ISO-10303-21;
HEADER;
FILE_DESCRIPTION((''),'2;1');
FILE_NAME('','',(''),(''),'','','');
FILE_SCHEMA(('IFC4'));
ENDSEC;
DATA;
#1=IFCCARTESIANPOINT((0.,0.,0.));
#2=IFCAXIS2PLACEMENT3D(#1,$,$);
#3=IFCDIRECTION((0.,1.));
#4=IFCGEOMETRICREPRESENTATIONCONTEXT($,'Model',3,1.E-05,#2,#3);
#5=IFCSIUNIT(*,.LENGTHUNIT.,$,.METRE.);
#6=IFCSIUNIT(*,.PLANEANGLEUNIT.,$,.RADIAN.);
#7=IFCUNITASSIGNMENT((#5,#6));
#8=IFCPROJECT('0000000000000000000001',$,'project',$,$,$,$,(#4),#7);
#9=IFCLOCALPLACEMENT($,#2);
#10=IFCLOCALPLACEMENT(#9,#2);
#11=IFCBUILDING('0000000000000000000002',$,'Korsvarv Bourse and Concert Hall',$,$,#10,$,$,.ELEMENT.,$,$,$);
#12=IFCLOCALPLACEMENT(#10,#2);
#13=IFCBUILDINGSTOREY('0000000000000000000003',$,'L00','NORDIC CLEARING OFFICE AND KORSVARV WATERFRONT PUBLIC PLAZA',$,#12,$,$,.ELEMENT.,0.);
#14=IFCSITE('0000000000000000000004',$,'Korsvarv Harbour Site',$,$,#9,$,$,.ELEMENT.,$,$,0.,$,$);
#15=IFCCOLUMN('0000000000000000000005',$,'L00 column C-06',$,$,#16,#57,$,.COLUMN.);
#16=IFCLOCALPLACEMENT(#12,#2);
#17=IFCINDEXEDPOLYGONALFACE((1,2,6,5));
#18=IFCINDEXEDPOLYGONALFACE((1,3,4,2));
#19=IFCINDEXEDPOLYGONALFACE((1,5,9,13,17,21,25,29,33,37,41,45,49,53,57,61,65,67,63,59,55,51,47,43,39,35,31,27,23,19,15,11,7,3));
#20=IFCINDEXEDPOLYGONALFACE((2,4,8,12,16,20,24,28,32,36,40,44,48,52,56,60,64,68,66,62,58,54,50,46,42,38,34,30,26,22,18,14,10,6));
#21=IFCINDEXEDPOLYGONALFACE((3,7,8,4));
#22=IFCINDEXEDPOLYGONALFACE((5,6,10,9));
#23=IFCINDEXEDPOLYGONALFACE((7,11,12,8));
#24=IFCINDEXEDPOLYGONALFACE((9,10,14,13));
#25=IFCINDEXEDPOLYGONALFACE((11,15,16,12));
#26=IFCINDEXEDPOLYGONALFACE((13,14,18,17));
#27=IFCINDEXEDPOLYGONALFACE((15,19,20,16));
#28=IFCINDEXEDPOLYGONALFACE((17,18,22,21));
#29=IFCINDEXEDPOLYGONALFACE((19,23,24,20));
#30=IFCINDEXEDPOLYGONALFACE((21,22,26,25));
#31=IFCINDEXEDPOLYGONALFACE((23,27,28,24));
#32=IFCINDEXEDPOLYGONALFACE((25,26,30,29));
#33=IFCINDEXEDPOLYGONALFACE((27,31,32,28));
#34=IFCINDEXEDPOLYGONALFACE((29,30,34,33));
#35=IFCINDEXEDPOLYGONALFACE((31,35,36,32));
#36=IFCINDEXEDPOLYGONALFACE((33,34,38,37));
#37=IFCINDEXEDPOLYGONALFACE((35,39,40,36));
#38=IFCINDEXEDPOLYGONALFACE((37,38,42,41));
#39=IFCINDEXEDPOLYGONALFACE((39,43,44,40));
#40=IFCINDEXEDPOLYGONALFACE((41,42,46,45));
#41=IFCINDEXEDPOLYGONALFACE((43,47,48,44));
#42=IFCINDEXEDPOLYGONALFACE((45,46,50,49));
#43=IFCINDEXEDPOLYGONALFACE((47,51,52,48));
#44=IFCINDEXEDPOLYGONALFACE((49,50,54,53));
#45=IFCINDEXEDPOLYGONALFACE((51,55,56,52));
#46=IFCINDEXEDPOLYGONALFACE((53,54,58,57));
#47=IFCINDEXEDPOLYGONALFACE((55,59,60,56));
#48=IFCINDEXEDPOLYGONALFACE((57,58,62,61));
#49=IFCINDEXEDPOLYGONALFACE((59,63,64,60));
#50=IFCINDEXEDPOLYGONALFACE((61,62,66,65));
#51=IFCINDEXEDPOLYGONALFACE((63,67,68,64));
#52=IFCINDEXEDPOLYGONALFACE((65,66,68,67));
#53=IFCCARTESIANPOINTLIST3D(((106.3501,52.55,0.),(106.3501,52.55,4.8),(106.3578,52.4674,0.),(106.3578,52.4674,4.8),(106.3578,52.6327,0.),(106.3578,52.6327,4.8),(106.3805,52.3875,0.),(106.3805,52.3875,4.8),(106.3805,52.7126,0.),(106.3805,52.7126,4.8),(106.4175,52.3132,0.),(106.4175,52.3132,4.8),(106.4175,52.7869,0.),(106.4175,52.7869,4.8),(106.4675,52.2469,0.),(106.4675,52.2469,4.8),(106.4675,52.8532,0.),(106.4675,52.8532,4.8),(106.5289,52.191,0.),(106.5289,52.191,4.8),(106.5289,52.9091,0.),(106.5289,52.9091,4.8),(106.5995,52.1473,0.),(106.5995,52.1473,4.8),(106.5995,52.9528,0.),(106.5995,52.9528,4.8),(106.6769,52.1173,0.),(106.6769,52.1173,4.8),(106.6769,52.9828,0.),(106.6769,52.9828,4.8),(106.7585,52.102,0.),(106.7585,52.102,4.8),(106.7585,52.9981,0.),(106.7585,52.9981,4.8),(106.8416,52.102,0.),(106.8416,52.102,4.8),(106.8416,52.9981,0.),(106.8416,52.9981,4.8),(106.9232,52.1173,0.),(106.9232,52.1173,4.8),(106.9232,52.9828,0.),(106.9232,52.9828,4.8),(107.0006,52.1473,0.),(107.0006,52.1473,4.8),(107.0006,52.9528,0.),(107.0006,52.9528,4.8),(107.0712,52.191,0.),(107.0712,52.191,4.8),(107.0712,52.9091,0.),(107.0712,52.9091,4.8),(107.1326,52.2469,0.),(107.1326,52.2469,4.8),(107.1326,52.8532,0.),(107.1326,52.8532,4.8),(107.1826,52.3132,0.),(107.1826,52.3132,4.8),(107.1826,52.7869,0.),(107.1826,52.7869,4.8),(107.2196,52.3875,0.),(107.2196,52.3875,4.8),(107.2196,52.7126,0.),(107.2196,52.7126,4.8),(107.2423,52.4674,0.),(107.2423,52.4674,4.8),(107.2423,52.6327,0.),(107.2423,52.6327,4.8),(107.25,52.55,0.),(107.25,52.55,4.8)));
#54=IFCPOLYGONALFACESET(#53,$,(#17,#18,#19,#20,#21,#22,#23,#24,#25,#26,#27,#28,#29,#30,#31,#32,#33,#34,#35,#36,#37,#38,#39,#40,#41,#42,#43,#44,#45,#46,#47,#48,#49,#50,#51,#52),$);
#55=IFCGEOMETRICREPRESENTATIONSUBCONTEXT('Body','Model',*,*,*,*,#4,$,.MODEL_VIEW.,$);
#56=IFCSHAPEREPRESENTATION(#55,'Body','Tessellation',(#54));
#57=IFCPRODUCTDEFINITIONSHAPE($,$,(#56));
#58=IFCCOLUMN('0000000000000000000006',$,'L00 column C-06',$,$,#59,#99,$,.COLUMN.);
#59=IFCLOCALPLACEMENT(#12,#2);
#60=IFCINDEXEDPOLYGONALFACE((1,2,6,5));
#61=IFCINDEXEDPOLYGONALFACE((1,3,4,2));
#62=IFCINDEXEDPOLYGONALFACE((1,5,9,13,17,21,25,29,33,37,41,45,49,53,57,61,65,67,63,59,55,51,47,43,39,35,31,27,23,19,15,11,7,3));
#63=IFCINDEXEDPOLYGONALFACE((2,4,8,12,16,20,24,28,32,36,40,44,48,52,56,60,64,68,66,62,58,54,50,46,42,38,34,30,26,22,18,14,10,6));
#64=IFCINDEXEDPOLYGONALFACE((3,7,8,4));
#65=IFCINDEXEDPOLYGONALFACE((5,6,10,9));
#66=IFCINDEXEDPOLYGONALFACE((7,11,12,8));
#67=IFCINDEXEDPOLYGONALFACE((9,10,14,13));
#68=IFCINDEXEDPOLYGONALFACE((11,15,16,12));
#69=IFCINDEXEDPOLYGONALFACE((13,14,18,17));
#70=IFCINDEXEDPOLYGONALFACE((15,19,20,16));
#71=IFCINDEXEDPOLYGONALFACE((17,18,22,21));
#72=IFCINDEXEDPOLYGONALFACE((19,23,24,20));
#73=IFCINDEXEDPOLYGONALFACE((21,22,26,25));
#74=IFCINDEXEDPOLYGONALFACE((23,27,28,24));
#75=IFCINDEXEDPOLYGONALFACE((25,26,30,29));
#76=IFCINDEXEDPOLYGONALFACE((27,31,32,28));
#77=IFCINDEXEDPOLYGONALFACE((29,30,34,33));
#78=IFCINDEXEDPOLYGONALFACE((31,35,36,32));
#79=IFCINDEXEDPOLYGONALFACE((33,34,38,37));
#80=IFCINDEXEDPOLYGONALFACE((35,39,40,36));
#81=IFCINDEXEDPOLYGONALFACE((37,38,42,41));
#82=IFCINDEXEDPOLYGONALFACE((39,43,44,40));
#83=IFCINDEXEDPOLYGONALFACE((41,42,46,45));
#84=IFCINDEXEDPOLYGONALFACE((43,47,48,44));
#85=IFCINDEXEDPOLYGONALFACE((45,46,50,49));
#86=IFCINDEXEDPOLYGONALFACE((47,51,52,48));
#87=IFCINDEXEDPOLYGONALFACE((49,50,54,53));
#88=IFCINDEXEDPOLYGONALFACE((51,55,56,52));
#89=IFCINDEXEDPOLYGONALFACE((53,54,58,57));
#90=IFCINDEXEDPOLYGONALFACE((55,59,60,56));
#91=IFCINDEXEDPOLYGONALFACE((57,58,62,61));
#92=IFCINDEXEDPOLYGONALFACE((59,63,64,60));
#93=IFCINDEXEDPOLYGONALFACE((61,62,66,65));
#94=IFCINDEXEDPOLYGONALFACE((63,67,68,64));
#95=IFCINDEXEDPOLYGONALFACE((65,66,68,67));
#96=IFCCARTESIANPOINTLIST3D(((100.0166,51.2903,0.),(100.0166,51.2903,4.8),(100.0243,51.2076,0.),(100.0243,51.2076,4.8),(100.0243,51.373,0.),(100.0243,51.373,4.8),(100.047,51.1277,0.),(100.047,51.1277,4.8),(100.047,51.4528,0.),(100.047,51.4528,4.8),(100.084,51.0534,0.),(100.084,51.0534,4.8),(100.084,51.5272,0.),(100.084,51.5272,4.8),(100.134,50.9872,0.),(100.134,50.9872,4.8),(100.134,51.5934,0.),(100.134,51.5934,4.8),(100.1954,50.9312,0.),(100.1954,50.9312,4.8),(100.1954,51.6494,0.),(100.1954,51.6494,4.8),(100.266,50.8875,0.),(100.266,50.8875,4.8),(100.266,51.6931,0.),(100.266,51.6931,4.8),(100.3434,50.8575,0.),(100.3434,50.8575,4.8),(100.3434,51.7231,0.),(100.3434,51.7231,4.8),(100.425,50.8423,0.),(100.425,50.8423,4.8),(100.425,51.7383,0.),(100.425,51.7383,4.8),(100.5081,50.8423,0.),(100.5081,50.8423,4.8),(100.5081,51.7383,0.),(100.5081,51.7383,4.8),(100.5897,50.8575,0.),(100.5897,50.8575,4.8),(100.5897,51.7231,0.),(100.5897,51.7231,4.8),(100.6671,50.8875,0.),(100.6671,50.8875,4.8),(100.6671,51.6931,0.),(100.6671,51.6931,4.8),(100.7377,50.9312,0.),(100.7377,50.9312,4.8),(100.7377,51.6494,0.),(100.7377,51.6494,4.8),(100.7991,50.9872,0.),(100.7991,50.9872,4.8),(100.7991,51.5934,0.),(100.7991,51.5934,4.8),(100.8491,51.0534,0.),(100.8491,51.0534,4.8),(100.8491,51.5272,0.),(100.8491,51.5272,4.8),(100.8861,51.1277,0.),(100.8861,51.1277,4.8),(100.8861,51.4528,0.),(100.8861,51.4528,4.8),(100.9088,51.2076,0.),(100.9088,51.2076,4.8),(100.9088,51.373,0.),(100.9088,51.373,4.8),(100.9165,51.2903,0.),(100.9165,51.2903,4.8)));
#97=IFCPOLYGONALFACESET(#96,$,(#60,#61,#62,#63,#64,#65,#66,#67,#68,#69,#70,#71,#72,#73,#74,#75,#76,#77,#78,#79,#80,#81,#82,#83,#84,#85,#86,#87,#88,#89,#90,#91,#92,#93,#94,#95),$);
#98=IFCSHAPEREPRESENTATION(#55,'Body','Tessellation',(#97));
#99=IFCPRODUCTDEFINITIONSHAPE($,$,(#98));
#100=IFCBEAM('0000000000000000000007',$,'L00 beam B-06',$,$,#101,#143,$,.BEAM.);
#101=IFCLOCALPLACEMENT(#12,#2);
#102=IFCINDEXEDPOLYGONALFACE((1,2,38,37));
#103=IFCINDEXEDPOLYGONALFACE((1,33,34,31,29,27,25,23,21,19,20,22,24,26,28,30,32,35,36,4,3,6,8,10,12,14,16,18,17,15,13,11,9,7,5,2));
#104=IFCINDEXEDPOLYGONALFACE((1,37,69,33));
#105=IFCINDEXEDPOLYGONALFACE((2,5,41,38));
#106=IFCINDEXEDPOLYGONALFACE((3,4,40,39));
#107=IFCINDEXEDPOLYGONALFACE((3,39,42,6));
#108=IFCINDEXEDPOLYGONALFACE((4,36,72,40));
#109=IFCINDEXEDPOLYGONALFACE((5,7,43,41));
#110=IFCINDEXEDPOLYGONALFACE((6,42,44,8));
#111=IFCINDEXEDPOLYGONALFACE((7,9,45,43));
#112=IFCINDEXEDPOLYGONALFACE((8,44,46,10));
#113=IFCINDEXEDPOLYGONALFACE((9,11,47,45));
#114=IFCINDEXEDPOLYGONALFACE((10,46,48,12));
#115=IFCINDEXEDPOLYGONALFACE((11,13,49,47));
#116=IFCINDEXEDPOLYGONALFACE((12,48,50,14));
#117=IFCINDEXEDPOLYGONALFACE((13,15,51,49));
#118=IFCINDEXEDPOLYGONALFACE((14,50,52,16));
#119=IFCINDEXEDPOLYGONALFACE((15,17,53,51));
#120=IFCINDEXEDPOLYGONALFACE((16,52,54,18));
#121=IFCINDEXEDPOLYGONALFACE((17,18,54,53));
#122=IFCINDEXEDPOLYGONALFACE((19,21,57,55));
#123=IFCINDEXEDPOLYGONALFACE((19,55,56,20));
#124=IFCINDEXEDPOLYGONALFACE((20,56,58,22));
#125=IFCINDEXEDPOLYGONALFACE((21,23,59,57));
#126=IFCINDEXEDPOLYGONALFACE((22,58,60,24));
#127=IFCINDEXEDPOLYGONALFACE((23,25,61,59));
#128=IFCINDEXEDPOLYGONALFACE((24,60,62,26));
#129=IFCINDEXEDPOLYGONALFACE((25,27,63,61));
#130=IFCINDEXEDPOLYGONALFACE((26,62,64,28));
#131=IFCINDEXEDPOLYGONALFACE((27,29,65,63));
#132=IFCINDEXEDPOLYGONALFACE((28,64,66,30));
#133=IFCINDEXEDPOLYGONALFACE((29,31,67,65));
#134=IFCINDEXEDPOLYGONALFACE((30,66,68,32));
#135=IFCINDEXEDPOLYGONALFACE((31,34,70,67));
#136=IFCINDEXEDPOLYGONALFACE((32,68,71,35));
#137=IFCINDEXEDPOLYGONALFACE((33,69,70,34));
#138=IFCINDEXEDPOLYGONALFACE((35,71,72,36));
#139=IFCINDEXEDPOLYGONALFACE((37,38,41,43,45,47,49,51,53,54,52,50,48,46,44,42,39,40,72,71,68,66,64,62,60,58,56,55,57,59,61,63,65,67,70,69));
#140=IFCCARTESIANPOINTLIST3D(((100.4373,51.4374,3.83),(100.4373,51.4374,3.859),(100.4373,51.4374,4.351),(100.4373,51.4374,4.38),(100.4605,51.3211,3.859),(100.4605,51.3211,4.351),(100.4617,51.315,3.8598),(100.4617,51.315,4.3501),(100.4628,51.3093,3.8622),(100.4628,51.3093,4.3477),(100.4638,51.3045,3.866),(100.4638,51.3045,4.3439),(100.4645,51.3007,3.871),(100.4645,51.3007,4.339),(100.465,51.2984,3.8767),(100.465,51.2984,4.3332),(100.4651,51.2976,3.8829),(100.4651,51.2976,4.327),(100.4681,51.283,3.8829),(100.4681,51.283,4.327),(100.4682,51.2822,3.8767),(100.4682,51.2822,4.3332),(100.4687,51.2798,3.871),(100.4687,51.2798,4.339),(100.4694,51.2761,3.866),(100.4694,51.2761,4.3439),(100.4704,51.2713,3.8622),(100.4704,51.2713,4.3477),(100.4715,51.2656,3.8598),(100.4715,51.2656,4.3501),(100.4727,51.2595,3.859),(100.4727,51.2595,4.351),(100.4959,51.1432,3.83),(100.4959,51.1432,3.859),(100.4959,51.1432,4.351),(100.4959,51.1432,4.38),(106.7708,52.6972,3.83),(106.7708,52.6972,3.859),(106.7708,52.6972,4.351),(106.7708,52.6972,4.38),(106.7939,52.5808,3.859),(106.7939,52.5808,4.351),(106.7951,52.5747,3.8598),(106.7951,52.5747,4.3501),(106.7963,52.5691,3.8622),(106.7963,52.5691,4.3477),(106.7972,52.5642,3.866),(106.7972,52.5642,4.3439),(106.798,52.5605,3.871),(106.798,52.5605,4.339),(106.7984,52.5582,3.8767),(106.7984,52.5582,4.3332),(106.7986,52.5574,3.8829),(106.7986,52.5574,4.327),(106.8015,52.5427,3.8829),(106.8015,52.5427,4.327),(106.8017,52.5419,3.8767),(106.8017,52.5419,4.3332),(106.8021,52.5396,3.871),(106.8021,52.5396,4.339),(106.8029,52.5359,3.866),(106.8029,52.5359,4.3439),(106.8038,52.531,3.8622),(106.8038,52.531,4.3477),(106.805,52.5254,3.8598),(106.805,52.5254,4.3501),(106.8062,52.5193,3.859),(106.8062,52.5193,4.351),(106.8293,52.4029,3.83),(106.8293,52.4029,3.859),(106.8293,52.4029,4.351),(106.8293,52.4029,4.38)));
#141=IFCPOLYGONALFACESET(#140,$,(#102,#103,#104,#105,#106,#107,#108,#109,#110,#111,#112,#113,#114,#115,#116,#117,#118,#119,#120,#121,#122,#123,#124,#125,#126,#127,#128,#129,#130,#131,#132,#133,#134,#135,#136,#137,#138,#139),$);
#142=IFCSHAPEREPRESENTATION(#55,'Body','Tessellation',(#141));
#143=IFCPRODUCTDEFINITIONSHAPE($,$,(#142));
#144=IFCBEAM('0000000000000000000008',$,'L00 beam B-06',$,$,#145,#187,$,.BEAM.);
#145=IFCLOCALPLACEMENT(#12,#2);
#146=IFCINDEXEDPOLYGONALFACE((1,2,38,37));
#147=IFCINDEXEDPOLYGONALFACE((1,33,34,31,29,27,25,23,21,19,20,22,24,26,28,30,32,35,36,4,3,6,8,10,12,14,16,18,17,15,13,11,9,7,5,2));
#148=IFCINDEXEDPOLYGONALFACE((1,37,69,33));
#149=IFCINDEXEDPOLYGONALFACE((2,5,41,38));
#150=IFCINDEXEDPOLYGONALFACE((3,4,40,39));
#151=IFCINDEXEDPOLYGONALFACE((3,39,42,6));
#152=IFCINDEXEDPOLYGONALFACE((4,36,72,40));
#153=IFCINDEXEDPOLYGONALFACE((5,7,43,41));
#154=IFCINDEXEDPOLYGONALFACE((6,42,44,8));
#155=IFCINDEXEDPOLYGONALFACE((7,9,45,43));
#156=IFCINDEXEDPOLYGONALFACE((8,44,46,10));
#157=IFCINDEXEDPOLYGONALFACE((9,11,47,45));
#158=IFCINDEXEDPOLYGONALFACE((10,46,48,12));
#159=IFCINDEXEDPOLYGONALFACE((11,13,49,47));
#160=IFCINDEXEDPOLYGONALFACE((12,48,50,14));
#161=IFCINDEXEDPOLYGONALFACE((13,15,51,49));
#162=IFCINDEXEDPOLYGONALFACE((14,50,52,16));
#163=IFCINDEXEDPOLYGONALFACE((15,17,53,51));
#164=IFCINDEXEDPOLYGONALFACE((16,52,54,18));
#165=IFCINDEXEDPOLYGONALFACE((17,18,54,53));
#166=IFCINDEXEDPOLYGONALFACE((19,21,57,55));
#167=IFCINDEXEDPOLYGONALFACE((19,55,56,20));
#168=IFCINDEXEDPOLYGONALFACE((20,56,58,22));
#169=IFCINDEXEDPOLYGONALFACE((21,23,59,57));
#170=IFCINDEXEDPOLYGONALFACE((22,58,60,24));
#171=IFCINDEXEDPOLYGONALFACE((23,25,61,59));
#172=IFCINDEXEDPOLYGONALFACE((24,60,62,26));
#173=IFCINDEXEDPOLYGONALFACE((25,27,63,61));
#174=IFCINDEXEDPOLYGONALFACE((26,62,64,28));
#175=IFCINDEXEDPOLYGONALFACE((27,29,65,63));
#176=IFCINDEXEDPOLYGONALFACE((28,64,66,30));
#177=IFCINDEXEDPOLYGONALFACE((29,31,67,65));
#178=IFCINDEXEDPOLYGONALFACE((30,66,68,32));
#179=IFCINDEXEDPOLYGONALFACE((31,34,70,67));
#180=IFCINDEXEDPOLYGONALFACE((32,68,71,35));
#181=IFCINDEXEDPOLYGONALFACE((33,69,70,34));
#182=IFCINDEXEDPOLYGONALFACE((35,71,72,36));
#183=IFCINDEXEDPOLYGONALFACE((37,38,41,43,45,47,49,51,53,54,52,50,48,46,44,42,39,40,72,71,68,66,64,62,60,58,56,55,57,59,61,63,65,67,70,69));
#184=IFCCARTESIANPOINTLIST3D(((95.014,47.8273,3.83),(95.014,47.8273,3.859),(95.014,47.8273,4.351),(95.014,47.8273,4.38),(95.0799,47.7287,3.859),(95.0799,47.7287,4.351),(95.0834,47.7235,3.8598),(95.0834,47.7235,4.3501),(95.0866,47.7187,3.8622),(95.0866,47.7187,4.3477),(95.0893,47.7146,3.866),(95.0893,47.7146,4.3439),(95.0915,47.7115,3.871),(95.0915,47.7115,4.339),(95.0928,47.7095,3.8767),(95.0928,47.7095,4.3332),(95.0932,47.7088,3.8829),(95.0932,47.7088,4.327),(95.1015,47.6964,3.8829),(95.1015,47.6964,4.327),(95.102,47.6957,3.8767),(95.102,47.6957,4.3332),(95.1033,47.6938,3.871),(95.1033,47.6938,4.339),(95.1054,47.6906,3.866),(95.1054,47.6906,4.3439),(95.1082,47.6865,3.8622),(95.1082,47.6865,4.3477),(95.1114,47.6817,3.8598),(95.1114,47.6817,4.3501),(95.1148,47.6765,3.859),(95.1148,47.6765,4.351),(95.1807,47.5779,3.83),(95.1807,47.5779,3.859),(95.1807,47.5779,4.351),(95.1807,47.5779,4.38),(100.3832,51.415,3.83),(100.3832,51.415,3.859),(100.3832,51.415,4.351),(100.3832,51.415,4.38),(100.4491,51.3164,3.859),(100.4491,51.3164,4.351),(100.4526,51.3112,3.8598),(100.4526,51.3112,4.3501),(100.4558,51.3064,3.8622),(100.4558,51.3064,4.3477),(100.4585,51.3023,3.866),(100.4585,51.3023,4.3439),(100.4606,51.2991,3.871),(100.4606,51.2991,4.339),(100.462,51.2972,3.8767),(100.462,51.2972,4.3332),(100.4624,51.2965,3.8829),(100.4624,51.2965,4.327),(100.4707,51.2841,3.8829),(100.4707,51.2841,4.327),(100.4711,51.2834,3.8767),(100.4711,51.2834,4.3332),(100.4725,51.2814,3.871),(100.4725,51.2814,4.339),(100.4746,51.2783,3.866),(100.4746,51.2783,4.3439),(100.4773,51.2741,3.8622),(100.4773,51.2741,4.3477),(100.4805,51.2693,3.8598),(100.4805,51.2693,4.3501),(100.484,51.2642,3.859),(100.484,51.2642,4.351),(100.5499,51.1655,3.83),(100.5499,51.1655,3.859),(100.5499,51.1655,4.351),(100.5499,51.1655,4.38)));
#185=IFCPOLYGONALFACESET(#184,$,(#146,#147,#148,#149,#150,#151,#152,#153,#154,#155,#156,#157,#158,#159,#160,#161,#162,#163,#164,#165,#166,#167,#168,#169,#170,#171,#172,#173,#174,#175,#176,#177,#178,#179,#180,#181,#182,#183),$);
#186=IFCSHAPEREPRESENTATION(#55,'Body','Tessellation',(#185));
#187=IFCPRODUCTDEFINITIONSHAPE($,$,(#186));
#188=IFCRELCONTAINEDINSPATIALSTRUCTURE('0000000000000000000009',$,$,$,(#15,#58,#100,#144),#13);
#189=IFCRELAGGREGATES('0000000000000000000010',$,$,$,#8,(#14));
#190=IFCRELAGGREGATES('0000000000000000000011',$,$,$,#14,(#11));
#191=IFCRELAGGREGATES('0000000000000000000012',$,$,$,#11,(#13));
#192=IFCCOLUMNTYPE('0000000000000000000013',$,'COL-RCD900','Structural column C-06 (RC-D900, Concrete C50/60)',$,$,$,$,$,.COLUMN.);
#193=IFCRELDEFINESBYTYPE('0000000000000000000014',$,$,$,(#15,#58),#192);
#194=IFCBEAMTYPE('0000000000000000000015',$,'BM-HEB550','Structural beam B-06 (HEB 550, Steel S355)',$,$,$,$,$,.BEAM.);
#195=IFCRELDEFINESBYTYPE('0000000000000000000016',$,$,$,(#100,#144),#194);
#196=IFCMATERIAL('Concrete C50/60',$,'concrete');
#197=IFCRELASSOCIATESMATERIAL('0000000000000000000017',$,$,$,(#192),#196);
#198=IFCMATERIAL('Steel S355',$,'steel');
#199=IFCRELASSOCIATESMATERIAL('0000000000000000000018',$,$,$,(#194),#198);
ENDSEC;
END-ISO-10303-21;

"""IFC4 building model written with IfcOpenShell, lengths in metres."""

from ifc_helpers import new_model, si_unit, direction, frame, origin, origin_2d, place, context, subcontext, project, spatial, circle, i_section, extrude, source, transform, mapped, material, material_profile, profile_set, type_object, element, save


model = new_model("IFC4")

# Units and contexts
model_context = context("Model", 3, precision=1e-05, world=origin(), true_north=direction((0.0, 1.0)))
body_context = subcontext(model_context, "Body", "Model", "MODEL_VIEW")
ifc_project = project(units=[si_unit("LENGTHUNIT", "METRE"), si_unit("PLANEANGLEUNIT", "RADIAN")], contexts=[model_context])

# Site, building, storey
site_placement = place(None, origin())
site = spatial("IfcSite", under=ifc_project, at=site_placement, Name="Korsvarv Harbour Site", CompositionType="ELEMENT", RefElevation=0.0)
building_placement = place(site_placement, origin())
building = spatial("IfcBuilding", under=site, at=building_placement, Name="Korsvarv Bourse and Concert Hall", CompositionType="ELEMENT")
storey_placement = place(building_placement, origin())
storey = spatial("IfcBuildingStorey", under=building, at=storey_placement, Name="L00", Description="NORDIC CLEARING OFFICE AND KORSVARV WATERFRONT PUBLIC PLAZA", CompositionType="ELEMENT", Elevation=0.0)

# Columns
ifc_material_1 = material(Name="Concrete C50/60", Category="concrete")
ifc_material_profile_1 = material_profile(ifc_material_1, circle(Radius=0.45, at=origin_2d()), Name="RC-D900")
ifc_profile_set_1 = profile_set([ifc_material_profile_1], Name="Concrete C50/60")
column_type = type_object("IfcColumnType", Name="COL-RCD900", Description="Structural column C-06 (RC-D900, Concrete C50/60)", PredefinedType="COLUMN", material=ifc_profile_set_1)
shared_shape_1 = source(origin(), body_context, "Body", "SweptSolid", [
    extrude(circle(Radius=0.45, at=origin_2d()), origin(), (0.0, 0.0, 1.0), 4.8),
])
for number, where, z_axis, x_axis, name in (
    (1, (106.8, 52.55, 0.0), (0.0, 0.0, 1.0), (1.0, 0.0, 0.0), "L00 column C-06"),
    (2, (100.4666, 51.2903, 0.0), (0.0, 0.0, 1.0), (1.0, 0.0, 0.0), "L00 column C-06"),
):
    element("IfcColumn", number, at=place(storey_placement, frame(where, z_axis=z_axis, x_axis=x_axis)), inside=storey, type_object=column_type, Name=name, PredefinedType="COLUMN", context=body_context, shape_type="MappedRepresentation", body=[
        mapped(shared_shape_1, transform((0.0, 0.0, 0.0), scale=1.0)),
    ])

# Beams
ifc_material_2 = material(Name="Steel S355", Category="steel")
ifc_material_profile_2 = material_profile(ifc_material_2, i_section(OverallWidth=0.3, OverallDepth=0.55, WebThickness=0.0149, FlangeThickness=0.0291, FilletRadius=0.0239, at=origin_2d()), Name="HEB 550")
ifc_profile_set_2 = profile_set([ifc_material_profile_2], Name="Steel S355")
beam_type = type_object("IfcBeamType", Name="BM-HEB550", Description="Structural beam B-06 (HEB 550, Steel S355)", PredefinedType="BEAM", material=ifc_profile_set_2)
shared_shape_2 = source(origin(), body_context, "Body", "SweptSolid", [
    extrude(i_section(OverallWidth=0.3, OverallDepth=0.55, WebThickness=0.0149, FlangeThickness=0.0291, FilletRadius=0.0239, at=origin_2d()), origin(), (0.0, 0.0, 1.0), 6.4575),
])
for number, where, z_axis, x_axis, name in (
    (3, (106.8, 52.55, 4.105), (-0.980787, -0.195084, 0.0), (0.195084, -0.980787, 0.0), "L00 beam B-06"),
    (4, (100.4666, 51.2903, 4.105), (-0.831462, -0.555581, 0.0), (0.555581, -0.831462, 0.0), "L00 beam B-06"),
):
    element("IfcBeam", number, at=place(storey_placement, frame(where, z_axis=z_axis, x_axis=x_axis)), inside=storey, type_object=beam_type, Name=name, PredefinedType="BEAM", context=body_context, shape_type="MappedRepresentation", body=[
        mapped(shared_shape_2, transform((0.0, 0.0, 0.0), scale=1.0)),
    ])

save(model, "model.ifc")
